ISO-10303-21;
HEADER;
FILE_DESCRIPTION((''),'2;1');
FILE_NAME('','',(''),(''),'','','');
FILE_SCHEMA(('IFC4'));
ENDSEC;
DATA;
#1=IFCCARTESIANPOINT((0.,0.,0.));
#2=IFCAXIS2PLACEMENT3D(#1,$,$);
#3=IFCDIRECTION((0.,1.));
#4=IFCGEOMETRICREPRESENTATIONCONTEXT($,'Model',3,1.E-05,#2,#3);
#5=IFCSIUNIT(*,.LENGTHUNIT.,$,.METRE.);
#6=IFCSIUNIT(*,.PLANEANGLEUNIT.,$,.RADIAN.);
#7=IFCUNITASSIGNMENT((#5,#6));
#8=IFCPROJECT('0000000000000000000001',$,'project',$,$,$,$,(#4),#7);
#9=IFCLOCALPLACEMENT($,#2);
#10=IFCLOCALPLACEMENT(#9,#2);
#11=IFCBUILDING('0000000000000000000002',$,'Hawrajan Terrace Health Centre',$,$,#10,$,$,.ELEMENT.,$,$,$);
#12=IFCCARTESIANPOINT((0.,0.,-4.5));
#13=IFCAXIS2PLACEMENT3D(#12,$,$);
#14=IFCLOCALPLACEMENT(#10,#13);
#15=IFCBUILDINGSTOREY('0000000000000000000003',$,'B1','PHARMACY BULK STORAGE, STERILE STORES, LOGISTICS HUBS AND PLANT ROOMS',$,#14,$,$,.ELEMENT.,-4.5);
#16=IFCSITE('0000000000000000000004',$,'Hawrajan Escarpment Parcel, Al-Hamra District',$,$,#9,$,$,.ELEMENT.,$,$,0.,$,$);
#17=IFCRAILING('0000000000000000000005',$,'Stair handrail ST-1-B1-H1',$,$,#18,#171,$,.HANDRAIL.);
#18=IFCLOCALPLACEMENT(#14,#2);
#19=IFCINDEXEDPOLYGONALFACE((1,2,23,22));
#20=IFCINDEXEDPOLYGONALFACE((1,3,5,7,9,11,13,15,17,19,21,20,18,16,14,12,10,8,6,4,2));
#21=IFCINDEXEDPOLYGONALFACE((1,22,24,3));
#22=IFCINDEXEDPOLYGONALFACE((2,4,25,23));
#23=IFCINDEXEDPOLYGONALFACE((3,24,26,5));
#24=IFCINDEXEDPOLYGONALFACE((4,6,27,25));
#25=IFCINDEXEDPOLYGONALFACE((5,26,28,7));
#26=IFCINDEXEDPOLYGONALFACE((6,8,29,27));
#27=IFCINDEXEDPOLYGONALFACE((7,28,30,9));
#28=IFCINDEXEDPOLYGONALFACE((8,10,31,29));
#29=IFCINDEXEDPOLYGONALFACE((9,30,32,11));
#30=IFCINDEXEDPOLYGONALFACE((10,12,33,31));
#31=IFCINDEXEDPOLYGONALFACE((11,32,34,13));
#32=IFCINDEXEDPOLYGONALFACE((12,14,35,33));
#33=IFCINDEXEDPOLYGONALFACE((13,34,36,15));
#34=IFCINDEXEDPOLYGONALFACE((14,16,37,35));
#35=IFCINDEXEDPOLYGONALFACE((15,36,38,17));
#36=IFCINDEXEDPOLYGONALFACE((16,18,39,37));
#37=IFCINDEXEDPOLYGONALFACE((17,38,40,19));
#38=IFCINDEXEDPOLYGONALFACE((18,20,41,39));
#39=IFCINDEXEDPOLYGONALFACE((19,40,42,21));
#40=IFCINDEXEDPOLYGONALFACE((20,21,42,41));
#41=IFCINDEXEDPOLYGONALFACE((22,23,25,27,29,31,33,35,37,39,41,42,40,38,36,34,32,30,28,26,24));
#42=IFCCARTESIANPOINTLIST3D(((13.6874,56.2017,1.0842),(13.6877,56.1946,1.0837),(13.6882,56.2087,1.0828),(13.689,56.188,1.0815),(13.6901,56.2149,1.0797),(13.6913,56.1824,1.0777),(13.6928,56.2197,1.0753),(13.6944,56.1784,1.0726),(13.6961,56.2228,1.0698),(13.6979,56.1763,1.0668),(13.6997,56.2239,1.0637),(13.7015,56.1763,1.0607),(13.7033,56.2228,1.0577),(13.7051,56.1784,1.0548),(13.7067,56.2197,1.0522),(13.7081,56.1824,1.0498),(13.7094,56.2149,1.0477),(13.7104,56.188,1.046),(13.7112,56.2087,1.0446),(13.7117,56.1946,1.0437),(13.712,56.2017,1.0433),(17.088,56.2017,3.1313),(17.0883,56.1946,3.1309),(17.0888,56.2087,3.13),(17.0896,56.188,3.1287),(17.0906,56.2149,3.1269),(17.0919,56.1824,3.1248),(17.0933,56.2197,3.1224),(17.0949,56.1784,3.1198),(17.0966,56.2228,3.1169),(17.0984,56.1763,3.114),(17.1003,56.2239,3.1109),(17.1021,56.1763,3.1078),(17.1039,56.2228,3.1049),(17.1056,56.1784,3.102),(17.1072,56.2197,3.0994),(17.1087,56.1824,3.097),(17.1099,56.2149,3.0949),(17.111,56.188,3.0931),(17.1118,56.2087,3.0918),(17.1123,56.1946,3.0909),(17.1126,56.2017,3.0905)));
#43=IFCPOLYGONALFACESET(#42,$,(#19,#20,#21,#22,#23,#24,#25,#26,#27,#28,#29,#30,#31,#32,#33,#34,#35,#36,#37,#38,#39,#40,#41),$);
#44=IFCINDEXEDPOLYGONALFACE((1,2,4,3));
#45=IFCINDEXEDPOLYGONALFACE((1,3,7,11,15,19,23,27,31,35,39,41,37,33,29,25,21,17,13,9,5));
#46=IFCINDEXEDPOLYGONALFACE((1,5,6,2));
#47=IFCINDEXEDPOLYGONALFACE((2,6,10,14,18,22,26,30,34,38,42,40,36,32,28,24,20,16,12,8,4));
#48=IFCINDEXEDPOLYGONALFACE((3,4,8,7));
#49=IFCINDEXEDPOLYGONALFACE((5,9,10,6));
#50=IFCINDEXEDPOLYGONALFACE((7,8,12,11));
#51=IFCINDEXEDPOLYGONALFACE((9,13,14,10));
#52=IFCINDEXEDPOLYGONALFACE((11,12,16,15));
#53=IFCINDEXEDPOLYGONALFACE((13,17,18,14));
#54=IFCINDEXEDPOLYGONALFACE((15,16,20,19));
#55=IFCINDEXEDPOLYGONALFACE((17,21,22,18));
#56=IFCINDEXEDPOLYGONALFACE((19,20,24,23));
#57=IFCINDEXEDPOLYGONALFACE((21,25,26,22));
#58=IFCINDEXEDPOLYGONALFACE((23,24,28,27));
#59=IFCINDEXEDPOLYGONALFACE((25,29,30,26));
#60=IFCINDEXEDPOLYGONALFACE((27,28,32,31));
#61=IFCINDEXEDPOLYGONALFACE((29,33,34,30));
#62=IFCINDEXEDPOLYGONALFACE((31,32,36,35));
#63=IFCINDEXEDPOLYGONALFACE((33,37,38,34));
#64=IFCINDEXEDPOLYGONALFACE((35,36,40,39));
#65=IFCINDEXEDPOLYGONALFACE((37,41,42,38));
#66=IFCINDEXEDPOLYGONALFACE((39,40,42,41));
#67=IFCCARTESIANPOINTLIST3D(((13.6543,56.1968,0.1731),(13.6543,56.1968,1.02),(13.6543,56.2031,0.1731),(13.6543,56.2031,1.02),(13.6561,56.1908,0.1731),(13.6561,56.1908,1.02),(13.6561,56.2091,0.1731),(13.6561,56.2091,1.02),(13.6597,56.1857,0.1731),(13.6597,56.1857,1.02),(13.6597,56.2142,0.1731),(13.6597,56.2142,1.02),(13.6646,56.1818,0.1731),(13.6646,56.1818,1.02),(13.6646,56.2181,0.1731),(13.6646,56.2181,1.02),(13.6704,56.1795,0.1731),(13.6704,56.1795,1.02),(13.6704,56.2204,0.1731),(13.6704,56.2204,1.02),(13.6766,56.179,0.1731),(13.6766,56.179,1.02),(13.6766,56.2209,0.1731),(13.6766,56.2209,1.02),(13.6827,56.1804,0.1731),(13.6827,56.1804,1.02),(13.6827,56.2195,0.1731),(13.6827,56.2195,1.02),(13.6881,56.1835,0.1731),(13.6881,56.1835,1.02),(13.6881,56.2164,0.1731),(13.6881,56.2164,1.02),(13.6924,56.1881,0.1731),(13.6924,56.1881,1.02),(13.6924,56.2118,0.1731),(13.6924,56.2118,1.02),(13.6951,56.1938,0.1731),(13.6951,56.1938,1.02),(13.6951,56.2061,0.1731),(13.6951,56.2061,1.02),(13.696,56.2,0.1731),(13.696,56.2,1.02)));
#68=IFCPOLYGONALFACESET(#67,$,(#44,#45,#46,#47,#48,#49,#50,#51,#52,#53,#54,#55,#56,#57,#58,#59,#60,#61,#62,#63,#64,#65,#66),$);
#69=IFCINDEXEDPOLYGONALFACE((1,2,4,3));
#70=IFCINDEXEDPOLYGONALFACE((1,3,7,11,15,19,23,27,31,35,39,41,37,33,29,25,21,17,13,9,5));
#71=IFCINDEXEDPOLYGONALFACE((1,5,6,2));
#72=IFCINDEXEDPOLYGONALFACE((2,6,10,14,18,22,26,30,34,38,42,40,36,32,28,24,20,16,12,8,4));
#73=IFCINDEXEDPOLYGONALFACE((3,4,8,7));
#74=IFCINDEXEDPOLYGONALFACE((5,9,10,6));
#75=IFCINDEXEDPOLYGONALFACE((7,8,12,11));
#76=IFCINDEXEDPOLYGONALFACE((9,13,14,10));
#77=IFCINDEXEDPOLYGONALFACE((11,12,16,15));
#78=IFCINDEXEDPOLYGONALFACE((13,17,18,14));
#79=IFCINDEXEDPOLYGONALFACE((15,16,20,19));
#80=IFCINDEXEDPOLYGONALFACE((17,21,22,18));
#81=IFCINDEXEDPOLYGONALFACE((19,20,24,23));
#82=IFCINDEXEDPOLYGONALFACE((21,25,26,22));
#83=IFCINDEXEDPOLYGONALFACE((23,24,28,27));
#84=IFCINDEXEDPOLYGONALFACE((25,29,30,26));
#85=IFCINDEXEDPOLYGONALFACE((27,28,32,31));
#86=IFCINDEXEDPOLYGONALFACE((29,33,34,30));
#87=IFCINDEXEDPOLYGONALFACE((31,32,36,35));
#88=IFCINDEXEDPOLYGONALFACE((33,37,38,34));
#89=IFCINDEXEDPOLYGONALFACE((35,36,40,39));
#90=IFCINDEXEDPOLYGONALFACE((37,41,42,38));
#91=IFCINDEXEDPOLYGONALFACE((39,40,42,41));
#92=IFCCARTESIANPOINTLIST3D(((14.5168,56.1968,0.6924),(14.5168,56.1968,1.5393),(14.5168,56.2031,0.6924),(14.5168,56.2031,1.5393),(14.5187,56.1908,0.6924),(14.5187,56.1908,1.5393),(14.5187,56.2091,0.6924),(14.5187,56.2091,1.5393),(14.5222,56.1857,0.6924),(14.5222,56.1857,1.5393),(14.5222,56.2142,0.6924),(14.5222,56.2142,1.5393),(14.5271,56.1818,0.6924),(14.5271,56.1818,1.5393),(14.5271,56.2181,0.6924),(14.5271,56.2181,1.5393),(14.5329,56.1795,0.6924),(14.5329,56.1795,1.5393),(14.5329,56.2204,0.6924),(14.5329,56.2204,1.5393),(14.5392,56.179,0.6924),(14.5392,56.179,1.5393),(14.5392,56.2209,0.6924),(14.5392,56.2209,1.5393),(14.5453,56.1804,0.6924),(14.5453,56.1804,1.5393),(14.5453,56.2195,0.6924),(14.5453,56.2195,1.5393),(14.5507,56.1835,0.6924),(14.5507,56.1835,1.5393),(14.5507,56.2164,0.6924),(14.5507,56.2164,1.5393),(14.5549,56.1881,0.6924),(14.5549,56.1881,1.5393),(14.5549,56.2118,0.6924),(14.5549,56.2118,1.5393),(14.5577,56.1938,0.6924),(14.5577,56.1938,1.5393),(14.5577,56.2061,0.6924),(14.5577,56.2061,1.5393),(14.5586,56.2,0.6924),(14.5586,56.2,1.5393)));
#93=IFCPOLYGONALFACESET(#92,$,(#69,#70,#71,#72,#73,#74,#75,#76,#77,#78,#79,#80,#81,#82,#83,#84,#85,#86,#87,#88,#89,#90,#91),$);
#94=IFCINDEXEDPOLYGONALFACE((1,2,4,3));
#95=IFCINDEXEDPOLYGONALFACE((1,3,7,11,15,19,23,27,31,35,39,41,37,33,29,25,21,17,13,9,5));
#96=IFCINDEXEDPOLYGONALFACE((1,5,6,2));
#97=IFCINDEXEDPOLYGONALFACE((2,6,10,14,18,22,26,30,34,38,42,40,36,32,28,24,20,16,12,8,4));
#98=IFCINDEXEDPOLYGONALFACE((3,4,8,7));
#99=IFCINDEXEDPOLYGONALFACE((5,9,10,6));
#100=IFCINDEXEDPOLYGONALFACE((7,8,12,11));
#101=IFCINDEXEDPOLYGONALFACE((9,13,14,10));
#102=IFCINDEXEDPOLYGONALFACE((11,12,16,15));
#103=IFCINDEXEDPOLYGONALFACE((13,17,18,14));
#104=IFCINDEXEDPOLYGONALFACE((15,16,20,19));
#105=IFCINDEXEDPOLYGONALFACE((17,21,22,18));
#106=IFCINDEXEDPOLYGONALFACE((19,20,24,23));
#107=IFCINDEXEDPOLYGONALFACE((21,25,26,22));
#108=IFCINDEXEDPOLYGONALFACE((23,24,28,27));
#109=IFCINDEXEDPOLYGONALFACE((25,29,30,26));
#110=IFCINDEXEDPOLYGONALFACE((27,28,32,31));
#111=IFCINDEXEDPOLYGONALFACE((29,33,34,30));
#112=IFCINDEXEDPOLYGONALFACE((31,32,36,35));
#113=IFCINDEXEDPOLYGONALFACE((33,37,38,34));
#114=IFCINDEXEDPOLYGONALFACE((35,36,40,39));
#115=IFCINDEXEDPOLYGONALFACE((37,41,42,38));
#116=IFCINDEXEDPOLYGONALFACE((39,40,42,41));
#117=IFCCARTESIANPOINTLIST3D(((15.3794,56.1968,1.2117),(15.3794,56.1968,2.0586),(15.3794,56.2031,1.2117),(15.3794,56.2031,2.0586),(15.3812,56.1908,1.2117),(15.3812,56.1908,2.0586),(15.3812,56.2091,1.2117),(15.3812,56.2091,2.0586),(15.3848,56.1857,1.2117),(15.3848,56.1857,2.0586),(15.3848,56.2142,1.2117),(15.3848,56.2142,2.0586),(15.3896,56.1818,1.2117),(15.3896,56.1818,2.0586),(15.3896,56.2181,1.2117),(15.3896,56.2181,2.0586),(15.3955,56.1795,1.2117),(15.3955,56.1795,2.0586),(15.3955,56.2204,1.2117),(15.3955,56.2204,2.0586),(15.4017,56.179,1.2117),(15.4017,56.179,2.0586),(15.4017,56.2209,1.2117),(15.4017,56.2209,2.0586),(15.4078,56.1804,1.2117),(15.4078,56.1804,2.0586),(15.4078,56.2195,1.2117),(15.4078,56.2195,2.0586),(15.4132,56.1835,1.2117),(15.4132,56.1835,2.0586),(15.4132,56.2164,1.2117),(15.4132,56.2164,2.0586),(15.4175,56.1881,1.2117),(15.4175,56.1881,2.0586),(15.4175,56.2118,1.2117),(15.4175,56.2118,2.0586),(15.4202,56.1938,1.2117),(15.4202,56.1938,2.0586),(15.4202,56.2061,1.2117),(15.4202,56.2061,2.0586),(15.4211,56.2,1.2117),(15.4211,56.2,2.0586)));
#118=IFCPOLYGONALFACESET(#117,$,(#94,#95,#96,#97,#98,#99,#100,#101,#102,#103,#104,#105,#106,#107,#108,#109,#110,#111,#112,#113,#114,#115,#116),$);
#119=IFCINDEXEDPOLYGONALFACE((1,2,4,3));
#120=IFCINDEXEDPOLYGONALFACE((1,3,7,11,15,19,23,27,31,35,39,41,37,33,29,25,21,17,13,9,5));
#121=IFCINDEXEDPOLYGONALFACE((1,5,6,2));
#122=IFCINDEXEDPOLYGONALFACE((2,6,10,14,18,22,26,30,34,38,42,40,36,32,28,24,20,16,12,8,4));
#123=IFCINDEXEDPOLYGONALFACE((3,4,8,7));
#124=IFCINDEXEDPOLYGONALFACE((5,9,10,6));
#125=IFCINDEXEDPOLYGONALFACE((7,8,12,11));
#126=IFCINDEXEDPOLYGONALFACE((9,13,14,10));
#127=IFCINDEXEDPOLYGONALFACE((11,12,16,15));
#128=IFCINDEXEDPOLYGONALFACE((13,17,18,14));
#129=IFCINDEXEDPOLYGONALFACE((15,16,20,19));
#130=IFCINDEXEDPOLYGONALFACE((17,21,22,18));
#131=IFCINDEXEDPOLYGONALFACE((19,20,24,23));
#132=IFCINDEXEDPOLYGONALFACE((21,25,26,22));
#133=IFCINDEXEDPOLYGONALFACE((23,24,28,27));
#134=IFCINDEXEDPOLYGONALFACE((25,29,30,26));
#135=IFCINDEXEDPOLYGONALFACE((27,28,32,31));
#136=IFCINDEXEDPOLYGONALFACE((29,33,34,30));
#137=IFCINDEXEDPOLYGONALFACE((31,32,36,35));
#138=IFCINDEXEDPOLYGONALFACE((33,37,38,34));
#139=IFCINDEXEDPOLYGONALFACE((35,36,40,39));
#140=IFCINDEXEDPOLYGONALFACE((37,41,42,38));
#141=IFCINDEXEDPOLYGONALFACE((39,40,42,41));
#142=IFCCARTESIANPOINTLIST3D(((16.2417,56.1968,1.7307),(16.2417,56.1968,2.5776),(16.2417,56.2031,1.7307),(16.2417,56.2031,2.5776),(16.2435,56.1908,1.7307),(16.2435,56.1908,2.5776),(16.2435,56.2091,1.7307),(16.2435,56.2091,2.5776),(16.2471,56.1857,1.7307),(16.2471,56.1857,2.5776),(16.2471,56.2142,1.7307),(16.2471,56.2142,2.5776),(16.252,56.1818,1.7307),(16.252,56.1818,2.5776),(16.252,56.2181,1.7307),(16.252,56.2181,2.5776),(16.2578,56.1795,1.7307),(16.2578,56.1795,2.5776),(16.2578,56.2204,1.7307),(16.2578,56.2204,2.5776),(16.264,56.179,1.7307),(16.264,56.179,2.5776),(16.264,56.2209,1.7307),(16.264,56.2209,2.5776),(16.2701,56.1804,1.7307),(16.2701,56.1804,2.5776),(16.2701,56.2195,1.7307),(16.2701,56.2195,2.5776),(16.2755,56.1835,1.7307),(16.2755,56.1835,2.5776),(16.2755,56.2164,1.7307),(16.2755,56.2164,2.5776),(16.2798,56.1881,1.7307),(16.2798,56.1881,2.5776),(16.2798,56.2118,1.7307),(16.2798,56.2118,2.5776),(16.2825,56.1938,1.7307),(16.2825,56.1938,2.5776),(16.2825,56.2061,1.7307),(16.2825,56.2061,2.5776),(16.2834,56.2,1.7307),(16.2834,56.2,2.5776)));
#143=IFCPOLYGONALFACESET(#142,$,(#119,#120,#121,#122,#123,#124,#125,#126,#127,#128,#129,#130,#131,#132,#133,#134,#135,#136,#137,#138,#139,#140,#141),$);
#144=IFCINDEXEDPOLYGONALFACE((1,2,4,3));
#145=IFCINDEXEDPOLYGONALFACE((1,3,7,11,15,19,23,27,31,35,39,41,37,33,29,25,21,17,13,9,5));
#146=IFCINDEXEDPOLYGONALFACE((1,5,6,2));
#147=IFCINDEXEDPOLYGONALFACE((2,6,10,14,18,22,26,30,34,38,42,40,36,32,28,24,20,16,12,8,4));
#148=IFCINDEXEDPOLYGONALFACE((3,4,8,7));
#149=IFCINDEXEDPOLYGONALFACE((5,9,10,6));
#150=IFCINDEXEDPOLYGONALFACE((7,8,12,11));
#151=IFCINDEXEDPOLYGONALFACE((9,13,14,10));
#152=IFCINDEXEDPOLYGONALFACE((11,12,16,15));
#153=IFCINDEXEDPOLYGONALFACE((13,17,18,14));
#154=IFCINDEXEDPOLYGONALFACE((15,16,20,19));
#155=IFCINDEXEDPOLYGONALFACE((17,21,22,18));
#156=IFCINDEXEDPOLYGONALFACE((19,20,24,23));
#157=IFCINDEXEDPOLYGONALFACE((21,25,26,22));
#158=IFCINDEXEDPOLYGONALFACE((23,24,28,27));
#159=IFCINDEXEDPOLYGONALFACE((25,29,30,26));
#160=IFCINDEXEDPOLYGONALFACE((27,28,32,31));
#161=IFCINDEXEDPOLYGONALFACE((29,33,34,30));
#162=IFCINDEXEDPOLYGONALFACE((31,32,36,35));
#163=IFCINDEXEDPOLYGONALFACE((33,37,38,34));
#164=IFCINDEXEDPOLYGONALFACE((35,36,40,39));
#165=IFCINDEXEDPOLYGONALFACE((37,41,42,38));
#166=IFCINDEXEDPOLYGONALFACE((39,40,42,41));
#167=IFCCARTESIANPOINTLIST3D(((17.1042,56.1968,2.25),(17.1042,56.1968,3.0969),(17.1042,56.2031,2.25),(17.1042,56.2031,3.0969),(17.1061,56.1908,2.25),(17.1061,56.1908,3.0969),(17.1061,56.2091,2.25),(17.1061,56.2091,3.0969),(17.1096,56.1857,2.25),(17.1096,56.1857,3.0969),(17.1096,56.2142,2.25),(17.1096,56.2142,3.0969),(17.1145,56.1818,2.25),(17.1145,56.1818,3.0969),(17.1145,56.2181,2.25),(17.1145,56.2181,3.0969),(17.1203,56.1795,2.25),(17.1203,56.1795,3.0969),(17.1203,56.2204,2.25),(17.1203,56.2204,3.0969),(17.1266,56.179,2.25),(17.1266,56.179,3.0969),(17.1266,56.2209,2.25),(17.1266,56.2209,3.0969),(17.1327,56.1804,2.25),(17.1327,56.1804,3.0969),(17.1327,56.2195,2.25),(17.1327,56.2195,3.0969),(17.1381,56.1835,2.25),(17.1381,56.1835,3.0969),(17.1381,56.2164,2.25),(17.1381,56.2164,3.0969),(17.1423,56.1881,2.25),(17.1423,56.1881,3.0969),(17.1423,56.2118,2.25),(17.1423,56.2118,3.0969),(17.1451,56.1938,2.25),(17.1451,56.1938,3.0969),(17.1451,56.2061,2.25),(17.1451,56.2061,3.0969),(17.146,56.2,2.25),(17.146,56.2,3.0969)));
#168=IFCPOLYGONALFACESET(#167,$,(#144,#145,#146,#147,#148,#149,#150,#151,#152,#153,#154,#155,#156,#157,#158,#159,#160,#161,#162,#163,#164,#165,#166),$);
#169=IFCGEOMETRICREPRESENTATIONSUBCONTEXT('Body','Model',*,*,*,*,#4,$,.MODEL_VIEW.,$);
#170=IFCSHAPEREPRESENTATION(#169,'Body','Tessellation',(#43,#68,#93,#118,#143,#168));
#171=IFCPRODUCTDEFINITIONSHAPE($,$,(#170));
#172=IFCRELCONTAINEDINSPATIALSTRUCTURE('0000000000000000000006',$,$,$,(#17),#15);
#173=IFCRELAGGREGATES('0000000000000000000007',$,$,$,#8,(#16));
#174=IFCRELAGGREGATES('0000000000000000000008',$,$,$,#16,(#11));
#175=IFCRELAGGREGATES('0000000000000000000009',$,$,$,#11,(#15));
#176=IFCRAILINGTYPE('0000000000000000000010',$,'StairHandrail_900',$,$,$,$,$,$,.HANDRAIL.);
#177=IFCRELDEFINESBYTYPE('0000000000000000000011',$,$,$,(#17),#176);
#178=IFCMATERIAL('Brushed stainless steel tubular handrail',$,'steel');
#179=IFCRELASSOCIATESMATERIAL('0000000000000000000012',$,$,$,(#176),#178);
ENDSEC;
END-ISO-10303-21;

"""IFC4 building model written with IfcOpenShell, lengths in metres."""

from ifc_helpers import new_model, si_unit, direction, frame, origin, origin_2d, place, context, subcontext, project, spatial, circle, extrude, material, type_object, element, save


model = new_model("IFC4")

# Units and contexts
model_context = context("Model", 3, precision=1e-05, world=origin(), true_north=direction((0.0, 1.0)))
body_context = subcontext(model_context, "Body", "Model", "MODEL_VIEW")
ifc_project = project(units=[si_unit("LENGTHUNIT", "METRE"), si_unit("PLANEANGLEUNIT", "RADIAN")], contexts=[model_context])

# Site, building, storey
site_placement = place(None, origin())
site = spatial("IfcSite", under=ifc_project, at=site_placement, Name="Hawrajan Escarpment Parcel, Al-Hamra District", CompositionType="ELEMENT", RefElevation=0.0)
building_placement = place(site_placement, origin())
building = spatial("IfcBuilding", under=site, at=building_placement, Name="Hawrajan Terrace Health Centre", CompositionType="ELEMENT")
storey_placement = place(building_placement, frame((0.0, 0.0, -4.5)))
storey = spatial("IfcBuildingStorey", under=building, at=storey_placement, Name="B1", Description="PHARMACY BULK STORAGE, STERILE STORES, LOGISTICS HUBS AND PLANT ROOMS", CompositionType="ELEMENT", Elevation=-4.5)

# Railing
ifc_material_1 = material(Name="Brushed stainless steel tubular handrail", Category="steel")
railing_type_1 = type_object("IfcRailingType", Name="StairHandrail_900", PredefinedType="HANDRAIL", material=ifc_material_1)
railing_1_placement = place(storey_placement, frame((13.675, 56.2, 0.1731)))
element("IfcRailing", 1, at=railing_1_placement, inside=storey, type_object=railing_type_1, Name="Stair handrail ST-1-B1-H1", PredefinedType="HANDRAIL", context=body_context, shape_type="SweptSolid", body=[
    extrude(circle(Radius=0.0239, at=origin_2d()), frame((0.0247, 0.0, 0.8906), z_axis=(0.856732, 0.0, 0.515761), x_axis=(0.0, 1.0, 0.0)), (0.0, 0.0, 1.0), 3.9692),
    extrude(circle(Radius=0.021, at=origin_2d()), origin(), (0.0, 0.0, 1.0), 0.8469),
    extrude(circle(Radius=0.021, at=origin_2d()), frame((0.8625, 0.0, 0.5193)), (0.0, 0.0, 1.0), 0.8469),
    extrude(circle(Radius=0.021, at=origin_2d()), frame((1.7251, 0.0, 1.0386)), (0.0, 0.0, 1.0), 0.8469),
    extrude(circle(Radius=0.021, at=origin_2d()), frame((2.5874, 0.0, 1.5576)), (0.0, 0.0, 1.0), 0.8469),
    extrude(circle(Radius=0.021, at=origin_2d()), frame((3.45, 0.0, 2.0769)), (0.0, 0.0, 1.0), 0.8469),
])

save(model, "model.ifc")
